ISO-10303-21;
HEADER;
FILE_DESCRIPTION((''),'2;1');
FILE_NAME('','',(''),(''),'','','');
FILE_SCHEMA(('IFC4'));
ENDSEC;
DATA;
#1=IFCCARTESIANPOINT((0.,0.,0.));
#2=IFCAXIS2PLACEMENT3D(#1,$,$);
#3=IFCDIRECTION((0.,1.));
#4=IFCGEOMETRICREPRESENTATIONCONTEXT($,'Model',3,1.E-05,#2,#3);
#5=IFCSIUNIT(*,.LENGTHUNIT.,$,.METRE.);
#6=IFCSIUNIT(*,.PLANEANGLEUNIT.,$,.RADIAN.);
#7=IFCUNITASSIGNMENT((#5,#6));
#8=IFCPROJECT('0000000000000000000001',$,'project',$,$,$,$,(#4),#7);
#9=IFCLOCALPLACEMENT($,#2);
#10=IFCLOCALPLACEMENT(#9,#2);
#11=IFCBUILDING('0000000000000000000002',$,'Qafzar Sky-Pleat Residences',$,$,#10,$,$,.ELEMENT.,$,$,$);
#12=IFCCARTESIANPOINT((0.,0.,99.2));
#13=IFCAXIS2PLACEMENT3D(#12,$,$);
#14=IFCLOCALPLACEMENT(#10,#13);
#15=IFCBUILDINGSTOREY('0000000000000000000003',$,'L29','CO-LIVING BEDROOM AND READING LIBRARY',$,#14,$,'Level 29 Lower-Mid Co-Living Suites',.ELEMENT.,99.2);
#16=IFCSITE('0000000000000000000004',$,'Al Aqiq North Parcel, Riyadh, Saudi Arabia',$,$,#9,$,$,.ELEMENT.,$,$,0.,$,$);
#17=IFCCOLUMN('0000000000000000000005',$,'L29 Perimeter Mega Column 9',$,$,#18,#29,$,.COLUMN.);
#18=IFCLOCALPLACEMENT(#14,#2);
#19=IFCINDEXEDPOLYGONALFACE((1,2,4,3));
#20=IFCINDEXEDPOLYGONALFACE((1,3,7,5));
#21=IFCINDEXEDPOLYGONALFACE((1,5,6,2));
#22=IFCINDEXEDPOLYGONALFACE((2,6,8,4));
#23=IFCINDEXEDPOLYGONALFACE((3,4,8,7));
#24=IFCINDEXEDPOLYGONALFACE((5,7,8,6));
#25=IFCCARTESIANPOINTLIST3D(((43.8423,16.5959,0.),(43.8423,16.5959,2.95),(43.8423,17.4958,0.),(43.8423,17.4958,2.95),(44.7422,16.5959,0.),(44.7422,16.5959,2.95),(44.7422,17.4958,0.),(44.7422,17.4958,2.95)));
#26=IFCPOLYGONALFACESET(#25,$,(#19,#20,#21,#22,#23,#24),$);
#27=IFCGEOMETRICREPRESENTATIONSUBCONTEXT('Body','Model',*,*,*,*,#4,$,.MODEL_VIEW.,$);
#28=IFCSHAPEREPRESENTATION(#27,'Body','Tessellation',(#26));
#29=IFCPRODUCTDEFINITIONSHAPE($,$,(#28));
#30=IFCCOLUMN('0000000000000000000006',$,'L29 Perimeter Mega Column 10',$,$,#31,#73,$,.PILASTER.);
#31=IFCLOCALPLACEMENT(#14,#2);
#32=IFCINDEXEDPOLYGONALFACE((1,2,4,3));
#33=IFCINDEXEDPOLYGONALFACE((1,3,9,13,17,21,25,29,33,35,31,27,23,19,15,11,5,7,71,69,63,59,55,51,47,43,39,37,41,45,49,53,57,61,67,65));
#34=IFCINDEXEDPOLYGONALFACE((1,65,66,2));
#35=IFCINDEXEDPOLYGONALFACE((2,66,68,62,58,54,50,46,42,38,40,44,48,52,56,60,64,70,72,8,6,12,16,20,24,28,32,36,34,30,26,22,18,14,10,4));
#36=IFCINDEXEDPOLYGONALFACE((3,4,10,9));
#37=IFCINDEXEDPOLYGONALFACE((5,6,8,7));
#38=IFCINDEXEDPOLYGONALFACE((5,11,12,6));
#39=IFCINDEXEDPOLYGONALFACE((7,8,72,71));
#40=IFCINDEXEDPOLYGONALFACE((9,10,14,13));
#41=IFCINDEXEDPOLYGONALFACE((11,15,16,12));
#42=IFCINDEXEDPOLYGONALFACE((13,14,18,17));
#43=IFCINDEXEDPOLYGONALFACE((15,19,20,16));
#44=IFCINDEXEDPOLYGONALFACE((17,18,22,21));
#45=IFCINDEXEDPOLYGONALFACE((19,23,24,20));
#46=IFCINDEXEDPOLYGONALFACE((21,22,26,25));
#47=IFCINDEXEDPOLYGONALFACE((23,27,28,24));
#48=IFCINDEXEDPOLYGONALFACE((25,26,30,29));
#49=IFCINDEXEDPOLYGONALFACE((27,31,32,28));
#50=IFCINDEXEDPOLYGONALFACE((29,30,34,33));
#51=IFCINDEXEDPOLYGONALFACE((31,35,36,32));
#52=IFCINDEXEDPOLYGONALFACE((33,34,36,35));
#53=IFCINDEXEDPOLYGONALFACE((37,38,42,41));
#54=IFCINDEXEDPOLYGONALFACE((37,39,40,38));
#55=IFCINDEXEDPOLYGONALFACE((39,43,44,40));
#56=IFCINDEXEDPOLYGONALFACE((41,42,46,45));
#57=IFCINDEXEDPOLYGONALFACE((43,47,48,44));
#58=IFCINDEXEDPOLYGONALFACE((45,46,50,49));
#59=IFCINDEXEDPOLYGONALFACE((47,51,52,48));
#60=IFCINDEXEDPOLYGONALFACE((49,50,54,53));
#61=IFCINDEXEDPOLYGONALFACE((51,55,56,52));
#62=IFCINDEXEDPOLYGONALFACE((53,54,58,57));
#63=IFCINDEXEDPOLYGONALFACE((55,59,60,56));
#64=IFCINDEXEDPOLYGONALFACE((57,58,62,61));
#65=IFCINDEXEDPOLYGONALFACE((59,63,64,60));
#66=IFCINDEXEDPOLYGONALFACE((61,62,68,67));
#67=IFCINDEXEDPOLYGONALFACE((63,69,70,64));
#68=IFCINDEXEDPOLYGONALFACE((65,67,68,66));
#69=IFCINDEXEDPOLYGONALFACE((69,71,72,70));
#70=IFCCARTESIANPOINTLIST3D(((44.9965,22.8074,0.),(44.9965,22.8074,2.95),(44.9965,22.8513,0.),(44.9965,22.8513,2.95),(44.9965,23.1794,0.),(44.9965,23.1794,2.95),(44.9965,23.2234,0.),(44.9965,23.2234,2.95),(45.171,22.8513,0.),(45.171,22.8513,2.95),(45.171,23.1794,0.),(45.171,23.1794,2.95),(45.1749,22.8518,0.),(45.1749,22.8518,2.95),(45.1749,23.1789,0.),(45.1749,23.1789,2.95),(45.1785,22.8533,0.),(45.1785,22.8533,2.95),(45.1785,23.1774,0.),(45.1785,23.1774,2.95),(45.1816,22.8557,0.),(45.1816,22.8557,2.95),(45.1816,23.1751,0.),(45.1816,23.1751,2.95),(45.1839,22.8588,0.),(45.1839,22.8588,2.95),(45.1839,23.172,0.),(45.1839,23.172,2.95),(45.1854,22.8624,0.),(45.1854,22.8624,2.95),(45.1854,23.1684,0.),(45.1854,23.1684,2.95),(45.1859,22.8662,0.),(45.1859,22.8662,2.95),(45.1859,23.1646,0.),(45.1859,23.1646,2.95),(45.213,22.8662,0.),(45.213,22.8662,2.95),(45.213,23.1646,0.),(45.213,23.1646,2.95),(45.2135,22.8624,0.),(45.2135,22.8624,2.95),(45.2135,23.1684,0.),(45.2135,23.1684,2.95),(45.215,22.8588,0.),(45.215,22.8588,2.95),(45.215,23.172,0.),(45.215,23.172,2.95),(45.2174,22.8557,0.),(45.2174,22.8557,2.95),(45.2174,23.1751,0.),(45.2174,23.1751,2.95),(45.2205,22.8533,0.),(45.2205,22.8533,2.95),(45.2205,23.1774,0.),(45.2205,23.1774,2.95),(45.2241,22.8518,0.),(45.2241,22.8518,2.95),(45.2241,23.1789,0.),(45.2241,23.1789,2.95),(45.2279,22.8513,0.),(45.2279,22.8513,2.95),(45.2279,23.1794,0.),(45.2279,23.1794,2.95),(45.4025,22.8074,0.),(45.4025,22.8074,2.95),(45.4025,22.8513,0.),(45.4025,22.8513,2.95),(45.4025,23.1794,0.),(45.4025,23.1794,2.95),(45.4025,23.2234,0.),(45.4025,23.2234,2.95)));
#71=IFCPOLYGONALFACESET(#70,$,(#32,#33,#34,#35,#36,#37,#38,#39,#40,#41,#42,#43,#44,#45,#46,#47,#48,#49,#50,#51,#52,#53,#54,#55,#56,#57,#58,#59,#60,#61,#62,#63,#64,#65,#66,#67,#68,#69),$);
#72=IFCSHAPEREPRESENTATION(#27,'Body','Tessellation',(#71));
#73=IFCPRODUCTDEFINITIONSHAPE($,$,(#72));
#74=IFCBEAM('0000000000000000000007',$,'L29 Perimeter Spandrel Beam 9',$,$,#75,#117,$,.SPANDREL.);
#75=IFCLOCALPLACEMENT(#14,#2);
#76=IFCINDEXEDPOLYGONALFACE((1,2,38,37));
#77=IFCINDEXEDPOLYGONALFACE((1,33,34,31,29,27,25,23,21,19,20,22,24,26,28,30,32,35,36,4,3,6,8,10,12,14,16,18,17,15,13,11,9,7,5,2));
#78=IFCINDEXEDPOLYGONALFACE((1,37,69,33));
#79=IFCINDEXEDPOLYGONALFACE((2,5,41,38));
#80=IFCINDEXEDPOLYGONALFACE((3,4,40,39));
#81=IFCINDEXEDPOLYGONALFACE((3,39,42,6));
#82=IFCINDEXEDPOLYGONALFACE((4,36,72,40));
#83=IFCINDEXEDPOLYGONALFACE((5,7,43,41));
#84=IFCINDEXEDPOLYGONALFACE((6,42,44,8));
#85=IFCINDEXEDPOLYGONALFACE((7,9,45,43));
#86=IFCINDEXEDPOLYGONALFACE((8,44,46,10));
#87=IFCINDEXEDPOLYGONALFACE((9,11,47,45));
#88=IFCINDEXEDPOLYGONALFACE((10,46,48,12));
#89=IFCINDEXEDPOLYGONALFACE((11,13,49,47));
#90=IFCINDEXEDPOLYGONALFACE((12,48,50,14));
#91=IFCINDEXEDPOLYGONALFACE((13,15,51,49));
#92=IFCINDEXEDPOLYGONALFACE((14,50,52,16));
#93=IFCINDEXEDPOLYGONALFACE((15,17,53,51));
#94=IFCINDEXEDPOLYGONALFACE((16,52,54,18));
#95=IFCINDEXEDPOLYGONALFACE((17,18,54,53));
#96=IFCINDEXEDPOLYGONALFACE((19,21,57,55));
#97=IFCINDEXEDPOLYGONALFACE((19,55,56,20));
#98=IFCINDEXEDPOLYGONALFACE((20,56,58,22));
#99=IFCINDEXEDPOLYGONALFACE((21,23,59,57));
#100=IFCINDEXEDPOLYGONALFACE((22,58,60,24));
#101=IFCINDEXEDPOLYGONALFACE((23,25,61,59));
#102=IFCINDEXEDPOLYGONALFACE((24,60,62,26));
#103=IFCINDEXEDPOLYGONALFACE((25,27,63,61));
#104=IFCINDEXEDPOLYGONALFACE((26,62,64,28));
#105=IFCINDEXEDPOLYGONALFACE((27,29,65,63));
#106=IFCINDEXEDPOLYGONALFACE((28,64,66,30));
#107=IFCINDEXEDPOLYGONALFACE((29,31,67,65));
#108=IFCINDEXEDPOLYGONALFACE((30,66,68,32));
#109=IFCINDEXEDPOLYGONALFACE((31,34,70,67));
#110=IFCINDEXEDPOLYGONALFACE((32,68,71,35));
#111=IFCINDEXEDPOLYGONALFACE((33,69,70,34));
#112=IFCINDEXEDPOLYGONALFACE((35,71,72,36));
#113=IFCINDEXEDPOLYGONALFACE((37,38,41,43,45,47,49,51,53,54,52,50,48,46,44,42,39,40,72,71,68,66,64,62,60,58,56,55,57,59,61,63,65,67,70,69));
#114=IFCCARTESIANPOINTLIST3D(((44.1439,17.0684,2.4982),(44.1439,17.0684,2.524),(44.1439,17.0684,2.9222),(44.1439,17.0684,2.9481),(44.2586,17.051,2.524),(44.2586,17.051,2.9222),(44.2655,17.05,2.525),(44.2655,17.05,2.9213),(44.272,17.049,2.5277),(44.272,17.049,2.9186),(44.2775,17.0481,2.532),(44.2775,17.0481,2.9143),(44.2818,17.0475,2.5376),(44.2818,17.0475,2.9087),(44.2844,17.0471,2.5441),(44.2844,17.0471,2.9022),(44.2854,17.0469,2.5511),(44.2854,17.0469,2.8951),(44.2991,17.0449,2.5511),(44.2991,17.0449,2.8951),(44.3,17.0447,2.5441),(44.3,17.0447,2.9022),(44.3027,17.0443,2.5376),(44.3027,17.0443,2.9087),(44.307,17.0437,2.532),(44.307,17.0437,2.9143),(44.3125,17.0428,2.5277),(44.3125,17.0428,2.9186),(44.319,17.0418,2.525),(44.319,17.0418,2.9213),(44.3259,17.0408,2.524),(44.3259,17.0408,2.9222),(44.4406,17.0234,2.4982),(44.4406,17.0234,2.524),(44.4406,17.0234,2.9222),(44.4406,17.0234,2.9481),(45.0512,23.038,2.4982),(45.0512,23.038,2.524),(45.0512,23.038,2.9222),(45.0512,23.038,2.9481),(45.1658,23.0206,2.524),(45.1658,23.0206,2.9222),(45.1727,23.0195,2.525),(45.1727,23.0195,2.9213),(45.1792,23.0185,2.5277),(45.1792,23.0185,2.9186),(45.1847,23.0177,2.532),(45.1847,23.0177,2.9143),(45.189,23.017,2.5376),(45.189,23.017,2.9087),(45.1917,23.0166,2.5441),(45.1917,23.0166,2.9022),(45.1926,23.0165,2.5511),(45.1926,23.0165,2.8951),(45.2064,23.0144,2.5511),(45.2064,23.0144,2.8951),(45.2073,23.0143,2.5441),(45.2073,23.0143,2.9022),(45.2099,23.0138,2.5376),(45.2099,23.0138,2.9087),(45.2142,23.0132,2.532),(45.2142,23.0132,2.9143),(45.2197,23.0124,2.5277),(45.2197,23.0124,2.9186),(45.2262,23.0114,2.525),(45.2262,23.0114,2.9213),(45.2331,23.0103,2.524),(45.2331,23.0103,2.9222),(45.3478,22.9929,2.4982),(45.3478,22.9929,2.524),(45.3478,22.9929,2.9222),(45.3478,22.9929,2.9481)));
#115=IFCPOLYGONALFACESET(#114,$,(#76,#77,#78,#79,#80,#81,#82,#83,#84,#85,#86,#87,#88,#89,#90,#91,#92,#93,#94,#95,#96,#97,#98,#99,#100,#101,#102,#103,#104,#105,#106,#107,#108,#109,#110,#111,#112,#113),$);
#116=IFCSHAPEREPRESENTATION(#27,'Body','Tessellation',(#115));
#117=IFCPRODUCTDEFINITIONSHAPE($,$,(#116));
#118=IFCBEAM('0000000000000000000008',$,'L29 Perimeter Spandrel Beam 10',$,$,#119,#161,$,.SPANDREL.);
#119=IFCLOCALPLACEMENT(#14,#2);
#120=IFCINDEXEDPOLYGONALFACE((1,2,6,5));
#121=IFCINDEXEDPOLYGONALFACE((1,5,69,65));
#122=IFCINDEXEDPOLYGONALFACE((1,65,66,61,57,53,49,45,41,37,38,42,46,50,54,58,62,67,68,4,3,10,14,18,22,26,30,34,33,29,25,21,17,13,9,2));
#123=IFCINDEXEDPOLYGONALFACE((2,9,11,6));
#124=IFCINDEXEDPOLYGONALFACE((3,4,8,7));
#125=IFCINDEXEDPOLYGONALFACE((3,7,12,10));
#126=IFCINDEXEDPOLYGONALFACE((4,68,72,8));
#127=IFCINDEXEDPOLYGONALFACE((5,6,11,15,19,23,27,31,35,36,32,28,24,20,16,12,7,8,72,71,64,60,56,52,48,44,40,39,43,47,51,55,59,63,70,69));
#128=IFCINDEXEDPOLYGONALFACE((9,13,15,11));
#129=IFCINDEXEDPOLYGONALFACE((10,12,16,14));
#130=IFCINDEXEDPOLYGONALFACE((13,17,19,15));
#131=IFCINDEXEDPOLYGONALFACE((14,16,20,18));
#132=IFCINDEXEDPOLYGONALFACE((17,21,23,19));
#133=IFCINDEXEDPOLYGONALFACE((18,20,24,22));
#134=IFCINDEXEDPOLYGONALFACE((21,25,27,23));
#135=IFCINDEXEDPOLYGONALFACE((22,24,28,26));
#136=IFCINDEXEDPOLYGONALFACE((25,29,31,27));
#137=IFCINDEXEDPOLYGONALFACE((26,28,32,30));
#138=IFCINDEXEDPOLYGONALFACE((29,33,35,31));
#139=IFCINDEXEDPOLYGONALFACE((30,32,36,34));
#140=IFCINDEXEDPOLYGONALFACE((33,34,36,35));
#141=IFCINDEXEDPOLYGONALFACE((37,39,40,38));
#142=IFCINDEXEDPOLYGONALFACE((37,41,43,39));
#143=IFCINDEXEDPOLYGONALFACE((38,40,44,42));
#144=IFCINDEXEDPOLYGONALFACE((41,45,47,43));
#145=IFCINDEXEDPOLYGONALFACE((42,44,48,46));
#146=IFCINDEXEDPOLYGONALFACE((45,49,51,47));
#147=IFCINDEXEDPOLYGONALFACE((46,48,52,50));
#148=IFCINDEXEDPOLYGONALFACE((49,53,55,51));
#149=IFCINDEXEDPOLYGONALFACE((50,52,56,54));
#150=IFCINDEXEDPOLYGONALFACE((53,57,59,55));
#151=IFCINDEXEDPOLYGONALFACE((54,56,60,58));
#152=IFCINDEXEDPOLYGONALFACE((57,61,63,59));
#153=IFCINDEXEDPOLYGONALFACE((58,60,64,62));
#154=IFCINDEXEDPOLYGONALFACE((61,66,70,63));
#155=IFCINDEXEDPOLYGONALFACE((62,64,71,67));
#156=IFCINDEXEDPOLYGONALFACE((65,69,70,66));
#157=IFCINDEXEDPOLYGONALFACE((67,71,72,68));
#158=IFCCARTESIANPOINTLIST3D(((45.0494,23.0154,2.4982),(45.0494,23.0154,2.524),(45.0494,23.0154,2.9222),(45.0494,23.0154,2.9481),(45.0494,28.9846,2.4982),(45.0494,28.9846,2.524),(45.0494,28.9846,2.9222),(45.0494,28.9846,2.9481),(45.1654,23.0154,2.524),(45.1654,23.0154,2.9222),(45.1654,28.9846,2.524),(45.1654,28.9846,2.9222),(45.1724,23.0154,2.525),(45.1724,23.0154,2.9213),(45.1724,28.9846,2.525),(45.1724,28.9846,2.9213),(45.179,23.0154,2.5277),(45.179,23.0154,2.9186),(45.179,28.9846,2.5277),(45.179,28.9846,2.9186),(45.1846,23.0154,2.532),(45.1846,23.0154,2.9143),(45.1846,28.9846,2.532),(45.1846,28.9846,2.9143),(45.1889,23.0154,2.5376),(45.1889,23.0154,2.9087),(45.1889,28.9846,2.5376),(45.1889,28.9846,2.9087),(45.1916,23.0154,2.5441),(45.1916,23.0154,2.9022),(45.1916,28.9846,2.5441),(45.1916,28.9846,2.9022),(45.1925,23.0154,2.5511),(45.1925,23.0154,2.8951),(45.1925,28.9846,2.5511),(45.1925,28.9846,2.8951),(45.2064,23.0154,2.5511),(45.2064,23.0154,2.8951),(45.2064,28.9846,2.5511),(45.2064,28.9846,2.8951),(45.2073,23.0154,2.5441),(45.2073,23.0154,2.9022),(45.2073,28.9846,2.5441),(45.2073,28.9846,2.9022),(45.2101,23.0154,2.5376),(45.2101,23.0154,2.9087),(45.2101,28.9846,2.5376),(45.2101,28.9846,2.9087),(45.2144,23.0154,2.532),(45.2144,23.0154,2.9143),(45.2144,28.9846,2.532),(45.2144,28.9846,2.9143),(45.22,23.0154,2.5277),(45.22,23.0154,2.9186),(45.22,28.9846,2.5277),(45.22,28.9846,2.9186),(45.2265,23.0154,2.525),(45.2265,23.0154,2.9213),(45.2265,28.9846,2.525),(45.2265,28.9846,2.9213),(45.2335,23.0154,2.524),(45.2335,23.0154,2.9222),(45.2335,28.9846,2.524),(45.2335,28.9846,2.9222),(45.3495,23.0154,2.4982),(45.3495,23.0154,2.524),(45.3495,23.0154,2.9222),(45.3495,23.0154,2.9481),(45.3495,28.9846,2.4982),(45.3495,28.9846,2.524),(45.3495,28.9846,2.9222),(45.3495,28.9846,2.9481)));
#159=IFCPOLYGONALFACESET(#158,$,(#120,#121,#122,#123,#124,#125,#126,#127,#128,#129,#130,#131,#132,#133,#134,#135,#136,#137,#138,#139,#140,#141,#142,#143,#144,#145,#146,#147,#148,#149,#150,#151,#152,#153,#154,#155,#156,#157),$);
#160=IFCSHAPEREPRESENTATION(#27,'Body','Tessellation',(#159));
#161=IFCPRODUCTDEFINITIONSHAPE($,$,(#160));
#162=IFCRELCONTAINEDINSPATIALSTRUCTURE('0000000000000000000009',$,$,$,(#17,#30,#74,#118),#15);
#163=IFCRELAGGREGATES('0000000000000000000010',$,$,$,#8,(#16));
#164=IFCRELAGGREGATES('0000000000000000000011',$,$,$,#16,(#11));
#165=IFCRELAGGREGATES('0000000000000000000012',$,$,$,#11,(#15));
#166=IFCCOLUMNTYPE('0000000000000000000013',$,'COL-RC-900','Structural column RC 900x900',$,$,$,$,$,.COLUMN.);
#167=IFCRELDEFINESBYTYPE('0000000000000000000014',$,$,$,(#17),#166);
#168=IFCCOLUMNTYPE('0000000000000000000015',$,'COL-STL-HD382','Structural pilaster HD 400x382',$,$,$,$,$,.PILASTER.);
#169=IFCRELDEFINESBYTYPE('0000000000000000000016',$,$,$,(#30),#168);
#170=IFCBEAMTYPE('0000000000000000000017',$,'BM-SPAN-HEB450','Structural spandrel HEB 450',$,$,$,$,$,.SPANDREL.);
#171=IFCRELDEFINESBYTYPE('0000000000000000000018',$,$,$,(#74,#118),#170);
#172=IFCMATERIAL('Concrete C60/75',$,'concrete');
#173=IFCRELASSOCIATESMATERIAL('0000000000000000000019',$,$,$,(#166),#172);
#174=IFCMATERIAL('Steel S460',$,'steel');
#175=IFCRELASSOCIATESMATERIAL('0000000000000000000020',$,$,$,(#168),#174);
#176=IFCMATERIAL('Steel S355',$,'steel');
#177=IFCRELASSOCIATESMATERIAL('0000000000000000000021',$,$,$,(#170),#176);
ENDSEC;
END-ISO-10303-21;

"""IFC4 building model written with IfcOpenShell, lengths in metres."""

from ifc_helpers import new_model, si_unit, direction, frame, origin, origin_2d, place, context, subcontext, project, spatial, rectangle, i_section, extrude, source, transform, mapped, material, material_profile, profile_set, type_object, element, save


model = new_model("IFC4")

# Units and contexts
model_context = context("Model", 3, precision=1e-05, world=origin(), true_north=direction((0.0, 1.0)))
body_context = subcontext(model_context, "Body", "Model", "MODEL_VIEW")
ifc_project = project(units=[si_unit("LENGTHUNIT", "METRE"), si_unit("PLANEANGLEUNIT", "RADIAN")], contexts=[model_context])

# Site, building, storey
site_placement = place(None, origin())
site = spatial("IfcSite", under=ifc_project, at=site_placement, Name="Al Aqiq North Parcel, Riyadh, Saudi Arabia", CompositionType="ELEMENT", RefElevation=0.0)
building_placement = place(site_placement, origin())
building = spatial("IfcBuilding", under=site, at=building_placement, Name="Qafzar Sky-Pleat Residences", CompositionType="ELEMENT")
storey_placement = place(building_placement, frame((0.0, 0.0, 99.2)))
storey = spatial("IfcBuildingStorey", under=building, at=storey_placement, Name="L29", Description="CO-LIVING BEDROOM AND READING LIBRARY", LongName="Level 29 Lower-Mid Co-Living Suites", CompositionType="ELEMENT", Elevation=99.2)

# Columns
ifc_material_1 = material(Name="Concrete C60/75", Category="concrete")
ifc_material_profile_1 = material_profile(ifc_material_1, rectangle(XDim=0.8999, YDim=0.8999, at=origin_2d()), Name="RC 900x900")
ifc_profile_set_1 = profile_set([ifc_material_profile_1], Name="Concrete C60/75")
column_type_1 = type_object("IfcColumnType", Name="COL-RC-900", Description="Structural column RC 900x900", PredefinedType="COLUMN", material=ifc_profile_set_1)
shared_shape_1 = source(origin(), body_context, "Body", "SweptSolid", [
    extrude(rectangle(XDim=0.8999, YDim=0.8999, at=origin_2d()), origin(), (0.0, 0.0, 1.0), 2.95),
])
column_1_placement = place(storey_placement, frame((44.2922, 17.0459, 0.0), z_axis=(0.0, 0.0, 1.0), x_axis=(1.0, 0.0, 0.0)))
element("IfcColumn", 1, at=column_1_placement, inside=storey, type_object=column_type_1, Name="L29 Perimeter Mega Column 9", PredefinedType="COLUMN", context=body_context, shape_type="MappedRepresentation", body=[
    mapped(shared_shape_1, transform((0.0, 0.0, 0.0), x_axis=(1.0, 0.0, 0.0), y_axis=(0.0, 1.0, 0.0), z_axis=(0.0, 0.0, 1.0), scale=1.0)),
])
ifc_material_2 = material(Name="Steel S460", Category="steel")
ifc_material_profile_2 = material_profile(ifc_material_2, i_section(OverallWidth=0.406, OverallDepth=0.416, WebThickness=0.0271, FlangeThickness=0.0439, FilletRadius=0.0149, at=origin_2d()), Name="HD 400x382")
ifc_profile_set_2 = profile_set([ifc_material_profile_2], Name="Steel S460")
column_type_2 = type_object("IfcColumnType", Name="COL-STL-HD382", Description="Structural pilaster HD 400x382", PredefinedType="PILASTER", material=ifc_profile_set_2)
shared_shape_2 = source(origin(), body_context, "Body", "SweptSolid", [
    extrude(i_section(OverallWidth=0.406, OverallDepth=0.416, WebThickness=0.0271, FlangeThickness=0.0439, FilletRadius=0.0149, at=origin_2d()), origin(), (0.0, 0.0, 1.0), 2.95),
])
column_2_placement = place(storey_placement, frame((45.1995, 23.0154, 0.0), z_axis=(0.0, 0.0, 1.0), x_axis=(1.0, 0.0, 0.0)))
element("IfcColumn", 2, at=column_2_placement, inside=storey, type_object=column_type_2, Name="L29 Perimeter Mega Column 10", PredefinedType="PILASTER", context=body_context, shape_type="MappedRepresentation", body=[
    mapped(shared_shape_2, transform((0.0, 0.0, 0.0), x_axis=(1.0, 0.0, 0.0), y_axis=(0.0, 1.0, 0.0), z_axis=(0.0, 0.0, 1.0), scale=1.0)),
])

# Beams
ifc_material_3 = material(Name="Steel S355", Category="steel")
ifc_material_profile_3 = material_profile(ifc_material_3, i_section(OverallWidth=0.3, OverallDepth=0.45, WebThickness=0.0139, FlangeThickness=0.0259, FilletRadius=0.0271, at=origin_2d()), Name="HEB 450")
ifc_profile_set_3 = profile_set([ifc_material_profile_3], Name="Steel S355")
beam_type_1 = type_object("IfcBeamType", Name="BM-SPAN-HEB450", Description="Structural spandrel HEB 450", PredefinedType="SPANDREL", material=ifc_profile_set_3)
shared_shape_3 = source(origin(), body_context, "Body", "SweptSolid", [
    extrude(i_section(OverallWidth=0.3, OverallDepth=0.45, WebThickness=0.0139, FlangeThickness=0.0259, FilletRadius=0.0271, at=origin_2d()), origin(), (0.0, 0.0, 1.0), 6.0381),
])
beam_1_placement = place(storey_placement, frame((44.2922, 17.0459, 2.7231), z_axis=(0.150252, 0.988648, 0.0), x_axis=(-0.988648, 0.150252, 0.0)))
element("IfcBeam", 3, at=beam_1_placement, inside=storey, type_object=beam_type_1, Name="L29 Perimeter Spandrel Beam 9", PredefinedType="SPANDREL", context=body_context, shape_type="MappedRepresentation", body=[
    mapped(shared_shape_3, transform((0.0, 0.0, 0.0), x_axis=(1.0, 0.0, 0.0), y_axis=(0.0, 1.0, 0.0), z_axis=(0.0, 0.0, 1.0), scale=1.0)),
])
shared_shape_4 = source(origin(), body_context, "Body", "SweptSolid", [
    extrude(i_section(OverallWidth=0.3, OverallDepth=0.45, WebThickness=0.0139, FlangeThickness=0.0259, FilletRadius=0.0271, at=origin_2d()), origin(), (0.0, 0.0, 1.0), 5.9692),
])
beam_2_placement = place(storey_placement, frame((45.1995, 23.0154, 2.7231), z_axis=(0.0, 1.0, 0.0), x_axis=(-1.0, 0.0, 0.0)))
element("IfcBeam", 4, at=beam_2_placement, inside=storey, type_object=beam_type_1, Name="L29 Perimeter Spandrel Beam 10", PredefinedType="SPANDREL", context=body_context, shape_type="MappedRepresentation", body=[
    mapped(shared_shape_4, transform((0.0, 0.0, 0.0), x_axis=(1.0, 0.0, 0.0), y_axis=(0.0, 1.0, 0.0), z_axis=(0.0, 0.0, 1.0), scale=1.0)),
])

save(model, "model.ifc")
